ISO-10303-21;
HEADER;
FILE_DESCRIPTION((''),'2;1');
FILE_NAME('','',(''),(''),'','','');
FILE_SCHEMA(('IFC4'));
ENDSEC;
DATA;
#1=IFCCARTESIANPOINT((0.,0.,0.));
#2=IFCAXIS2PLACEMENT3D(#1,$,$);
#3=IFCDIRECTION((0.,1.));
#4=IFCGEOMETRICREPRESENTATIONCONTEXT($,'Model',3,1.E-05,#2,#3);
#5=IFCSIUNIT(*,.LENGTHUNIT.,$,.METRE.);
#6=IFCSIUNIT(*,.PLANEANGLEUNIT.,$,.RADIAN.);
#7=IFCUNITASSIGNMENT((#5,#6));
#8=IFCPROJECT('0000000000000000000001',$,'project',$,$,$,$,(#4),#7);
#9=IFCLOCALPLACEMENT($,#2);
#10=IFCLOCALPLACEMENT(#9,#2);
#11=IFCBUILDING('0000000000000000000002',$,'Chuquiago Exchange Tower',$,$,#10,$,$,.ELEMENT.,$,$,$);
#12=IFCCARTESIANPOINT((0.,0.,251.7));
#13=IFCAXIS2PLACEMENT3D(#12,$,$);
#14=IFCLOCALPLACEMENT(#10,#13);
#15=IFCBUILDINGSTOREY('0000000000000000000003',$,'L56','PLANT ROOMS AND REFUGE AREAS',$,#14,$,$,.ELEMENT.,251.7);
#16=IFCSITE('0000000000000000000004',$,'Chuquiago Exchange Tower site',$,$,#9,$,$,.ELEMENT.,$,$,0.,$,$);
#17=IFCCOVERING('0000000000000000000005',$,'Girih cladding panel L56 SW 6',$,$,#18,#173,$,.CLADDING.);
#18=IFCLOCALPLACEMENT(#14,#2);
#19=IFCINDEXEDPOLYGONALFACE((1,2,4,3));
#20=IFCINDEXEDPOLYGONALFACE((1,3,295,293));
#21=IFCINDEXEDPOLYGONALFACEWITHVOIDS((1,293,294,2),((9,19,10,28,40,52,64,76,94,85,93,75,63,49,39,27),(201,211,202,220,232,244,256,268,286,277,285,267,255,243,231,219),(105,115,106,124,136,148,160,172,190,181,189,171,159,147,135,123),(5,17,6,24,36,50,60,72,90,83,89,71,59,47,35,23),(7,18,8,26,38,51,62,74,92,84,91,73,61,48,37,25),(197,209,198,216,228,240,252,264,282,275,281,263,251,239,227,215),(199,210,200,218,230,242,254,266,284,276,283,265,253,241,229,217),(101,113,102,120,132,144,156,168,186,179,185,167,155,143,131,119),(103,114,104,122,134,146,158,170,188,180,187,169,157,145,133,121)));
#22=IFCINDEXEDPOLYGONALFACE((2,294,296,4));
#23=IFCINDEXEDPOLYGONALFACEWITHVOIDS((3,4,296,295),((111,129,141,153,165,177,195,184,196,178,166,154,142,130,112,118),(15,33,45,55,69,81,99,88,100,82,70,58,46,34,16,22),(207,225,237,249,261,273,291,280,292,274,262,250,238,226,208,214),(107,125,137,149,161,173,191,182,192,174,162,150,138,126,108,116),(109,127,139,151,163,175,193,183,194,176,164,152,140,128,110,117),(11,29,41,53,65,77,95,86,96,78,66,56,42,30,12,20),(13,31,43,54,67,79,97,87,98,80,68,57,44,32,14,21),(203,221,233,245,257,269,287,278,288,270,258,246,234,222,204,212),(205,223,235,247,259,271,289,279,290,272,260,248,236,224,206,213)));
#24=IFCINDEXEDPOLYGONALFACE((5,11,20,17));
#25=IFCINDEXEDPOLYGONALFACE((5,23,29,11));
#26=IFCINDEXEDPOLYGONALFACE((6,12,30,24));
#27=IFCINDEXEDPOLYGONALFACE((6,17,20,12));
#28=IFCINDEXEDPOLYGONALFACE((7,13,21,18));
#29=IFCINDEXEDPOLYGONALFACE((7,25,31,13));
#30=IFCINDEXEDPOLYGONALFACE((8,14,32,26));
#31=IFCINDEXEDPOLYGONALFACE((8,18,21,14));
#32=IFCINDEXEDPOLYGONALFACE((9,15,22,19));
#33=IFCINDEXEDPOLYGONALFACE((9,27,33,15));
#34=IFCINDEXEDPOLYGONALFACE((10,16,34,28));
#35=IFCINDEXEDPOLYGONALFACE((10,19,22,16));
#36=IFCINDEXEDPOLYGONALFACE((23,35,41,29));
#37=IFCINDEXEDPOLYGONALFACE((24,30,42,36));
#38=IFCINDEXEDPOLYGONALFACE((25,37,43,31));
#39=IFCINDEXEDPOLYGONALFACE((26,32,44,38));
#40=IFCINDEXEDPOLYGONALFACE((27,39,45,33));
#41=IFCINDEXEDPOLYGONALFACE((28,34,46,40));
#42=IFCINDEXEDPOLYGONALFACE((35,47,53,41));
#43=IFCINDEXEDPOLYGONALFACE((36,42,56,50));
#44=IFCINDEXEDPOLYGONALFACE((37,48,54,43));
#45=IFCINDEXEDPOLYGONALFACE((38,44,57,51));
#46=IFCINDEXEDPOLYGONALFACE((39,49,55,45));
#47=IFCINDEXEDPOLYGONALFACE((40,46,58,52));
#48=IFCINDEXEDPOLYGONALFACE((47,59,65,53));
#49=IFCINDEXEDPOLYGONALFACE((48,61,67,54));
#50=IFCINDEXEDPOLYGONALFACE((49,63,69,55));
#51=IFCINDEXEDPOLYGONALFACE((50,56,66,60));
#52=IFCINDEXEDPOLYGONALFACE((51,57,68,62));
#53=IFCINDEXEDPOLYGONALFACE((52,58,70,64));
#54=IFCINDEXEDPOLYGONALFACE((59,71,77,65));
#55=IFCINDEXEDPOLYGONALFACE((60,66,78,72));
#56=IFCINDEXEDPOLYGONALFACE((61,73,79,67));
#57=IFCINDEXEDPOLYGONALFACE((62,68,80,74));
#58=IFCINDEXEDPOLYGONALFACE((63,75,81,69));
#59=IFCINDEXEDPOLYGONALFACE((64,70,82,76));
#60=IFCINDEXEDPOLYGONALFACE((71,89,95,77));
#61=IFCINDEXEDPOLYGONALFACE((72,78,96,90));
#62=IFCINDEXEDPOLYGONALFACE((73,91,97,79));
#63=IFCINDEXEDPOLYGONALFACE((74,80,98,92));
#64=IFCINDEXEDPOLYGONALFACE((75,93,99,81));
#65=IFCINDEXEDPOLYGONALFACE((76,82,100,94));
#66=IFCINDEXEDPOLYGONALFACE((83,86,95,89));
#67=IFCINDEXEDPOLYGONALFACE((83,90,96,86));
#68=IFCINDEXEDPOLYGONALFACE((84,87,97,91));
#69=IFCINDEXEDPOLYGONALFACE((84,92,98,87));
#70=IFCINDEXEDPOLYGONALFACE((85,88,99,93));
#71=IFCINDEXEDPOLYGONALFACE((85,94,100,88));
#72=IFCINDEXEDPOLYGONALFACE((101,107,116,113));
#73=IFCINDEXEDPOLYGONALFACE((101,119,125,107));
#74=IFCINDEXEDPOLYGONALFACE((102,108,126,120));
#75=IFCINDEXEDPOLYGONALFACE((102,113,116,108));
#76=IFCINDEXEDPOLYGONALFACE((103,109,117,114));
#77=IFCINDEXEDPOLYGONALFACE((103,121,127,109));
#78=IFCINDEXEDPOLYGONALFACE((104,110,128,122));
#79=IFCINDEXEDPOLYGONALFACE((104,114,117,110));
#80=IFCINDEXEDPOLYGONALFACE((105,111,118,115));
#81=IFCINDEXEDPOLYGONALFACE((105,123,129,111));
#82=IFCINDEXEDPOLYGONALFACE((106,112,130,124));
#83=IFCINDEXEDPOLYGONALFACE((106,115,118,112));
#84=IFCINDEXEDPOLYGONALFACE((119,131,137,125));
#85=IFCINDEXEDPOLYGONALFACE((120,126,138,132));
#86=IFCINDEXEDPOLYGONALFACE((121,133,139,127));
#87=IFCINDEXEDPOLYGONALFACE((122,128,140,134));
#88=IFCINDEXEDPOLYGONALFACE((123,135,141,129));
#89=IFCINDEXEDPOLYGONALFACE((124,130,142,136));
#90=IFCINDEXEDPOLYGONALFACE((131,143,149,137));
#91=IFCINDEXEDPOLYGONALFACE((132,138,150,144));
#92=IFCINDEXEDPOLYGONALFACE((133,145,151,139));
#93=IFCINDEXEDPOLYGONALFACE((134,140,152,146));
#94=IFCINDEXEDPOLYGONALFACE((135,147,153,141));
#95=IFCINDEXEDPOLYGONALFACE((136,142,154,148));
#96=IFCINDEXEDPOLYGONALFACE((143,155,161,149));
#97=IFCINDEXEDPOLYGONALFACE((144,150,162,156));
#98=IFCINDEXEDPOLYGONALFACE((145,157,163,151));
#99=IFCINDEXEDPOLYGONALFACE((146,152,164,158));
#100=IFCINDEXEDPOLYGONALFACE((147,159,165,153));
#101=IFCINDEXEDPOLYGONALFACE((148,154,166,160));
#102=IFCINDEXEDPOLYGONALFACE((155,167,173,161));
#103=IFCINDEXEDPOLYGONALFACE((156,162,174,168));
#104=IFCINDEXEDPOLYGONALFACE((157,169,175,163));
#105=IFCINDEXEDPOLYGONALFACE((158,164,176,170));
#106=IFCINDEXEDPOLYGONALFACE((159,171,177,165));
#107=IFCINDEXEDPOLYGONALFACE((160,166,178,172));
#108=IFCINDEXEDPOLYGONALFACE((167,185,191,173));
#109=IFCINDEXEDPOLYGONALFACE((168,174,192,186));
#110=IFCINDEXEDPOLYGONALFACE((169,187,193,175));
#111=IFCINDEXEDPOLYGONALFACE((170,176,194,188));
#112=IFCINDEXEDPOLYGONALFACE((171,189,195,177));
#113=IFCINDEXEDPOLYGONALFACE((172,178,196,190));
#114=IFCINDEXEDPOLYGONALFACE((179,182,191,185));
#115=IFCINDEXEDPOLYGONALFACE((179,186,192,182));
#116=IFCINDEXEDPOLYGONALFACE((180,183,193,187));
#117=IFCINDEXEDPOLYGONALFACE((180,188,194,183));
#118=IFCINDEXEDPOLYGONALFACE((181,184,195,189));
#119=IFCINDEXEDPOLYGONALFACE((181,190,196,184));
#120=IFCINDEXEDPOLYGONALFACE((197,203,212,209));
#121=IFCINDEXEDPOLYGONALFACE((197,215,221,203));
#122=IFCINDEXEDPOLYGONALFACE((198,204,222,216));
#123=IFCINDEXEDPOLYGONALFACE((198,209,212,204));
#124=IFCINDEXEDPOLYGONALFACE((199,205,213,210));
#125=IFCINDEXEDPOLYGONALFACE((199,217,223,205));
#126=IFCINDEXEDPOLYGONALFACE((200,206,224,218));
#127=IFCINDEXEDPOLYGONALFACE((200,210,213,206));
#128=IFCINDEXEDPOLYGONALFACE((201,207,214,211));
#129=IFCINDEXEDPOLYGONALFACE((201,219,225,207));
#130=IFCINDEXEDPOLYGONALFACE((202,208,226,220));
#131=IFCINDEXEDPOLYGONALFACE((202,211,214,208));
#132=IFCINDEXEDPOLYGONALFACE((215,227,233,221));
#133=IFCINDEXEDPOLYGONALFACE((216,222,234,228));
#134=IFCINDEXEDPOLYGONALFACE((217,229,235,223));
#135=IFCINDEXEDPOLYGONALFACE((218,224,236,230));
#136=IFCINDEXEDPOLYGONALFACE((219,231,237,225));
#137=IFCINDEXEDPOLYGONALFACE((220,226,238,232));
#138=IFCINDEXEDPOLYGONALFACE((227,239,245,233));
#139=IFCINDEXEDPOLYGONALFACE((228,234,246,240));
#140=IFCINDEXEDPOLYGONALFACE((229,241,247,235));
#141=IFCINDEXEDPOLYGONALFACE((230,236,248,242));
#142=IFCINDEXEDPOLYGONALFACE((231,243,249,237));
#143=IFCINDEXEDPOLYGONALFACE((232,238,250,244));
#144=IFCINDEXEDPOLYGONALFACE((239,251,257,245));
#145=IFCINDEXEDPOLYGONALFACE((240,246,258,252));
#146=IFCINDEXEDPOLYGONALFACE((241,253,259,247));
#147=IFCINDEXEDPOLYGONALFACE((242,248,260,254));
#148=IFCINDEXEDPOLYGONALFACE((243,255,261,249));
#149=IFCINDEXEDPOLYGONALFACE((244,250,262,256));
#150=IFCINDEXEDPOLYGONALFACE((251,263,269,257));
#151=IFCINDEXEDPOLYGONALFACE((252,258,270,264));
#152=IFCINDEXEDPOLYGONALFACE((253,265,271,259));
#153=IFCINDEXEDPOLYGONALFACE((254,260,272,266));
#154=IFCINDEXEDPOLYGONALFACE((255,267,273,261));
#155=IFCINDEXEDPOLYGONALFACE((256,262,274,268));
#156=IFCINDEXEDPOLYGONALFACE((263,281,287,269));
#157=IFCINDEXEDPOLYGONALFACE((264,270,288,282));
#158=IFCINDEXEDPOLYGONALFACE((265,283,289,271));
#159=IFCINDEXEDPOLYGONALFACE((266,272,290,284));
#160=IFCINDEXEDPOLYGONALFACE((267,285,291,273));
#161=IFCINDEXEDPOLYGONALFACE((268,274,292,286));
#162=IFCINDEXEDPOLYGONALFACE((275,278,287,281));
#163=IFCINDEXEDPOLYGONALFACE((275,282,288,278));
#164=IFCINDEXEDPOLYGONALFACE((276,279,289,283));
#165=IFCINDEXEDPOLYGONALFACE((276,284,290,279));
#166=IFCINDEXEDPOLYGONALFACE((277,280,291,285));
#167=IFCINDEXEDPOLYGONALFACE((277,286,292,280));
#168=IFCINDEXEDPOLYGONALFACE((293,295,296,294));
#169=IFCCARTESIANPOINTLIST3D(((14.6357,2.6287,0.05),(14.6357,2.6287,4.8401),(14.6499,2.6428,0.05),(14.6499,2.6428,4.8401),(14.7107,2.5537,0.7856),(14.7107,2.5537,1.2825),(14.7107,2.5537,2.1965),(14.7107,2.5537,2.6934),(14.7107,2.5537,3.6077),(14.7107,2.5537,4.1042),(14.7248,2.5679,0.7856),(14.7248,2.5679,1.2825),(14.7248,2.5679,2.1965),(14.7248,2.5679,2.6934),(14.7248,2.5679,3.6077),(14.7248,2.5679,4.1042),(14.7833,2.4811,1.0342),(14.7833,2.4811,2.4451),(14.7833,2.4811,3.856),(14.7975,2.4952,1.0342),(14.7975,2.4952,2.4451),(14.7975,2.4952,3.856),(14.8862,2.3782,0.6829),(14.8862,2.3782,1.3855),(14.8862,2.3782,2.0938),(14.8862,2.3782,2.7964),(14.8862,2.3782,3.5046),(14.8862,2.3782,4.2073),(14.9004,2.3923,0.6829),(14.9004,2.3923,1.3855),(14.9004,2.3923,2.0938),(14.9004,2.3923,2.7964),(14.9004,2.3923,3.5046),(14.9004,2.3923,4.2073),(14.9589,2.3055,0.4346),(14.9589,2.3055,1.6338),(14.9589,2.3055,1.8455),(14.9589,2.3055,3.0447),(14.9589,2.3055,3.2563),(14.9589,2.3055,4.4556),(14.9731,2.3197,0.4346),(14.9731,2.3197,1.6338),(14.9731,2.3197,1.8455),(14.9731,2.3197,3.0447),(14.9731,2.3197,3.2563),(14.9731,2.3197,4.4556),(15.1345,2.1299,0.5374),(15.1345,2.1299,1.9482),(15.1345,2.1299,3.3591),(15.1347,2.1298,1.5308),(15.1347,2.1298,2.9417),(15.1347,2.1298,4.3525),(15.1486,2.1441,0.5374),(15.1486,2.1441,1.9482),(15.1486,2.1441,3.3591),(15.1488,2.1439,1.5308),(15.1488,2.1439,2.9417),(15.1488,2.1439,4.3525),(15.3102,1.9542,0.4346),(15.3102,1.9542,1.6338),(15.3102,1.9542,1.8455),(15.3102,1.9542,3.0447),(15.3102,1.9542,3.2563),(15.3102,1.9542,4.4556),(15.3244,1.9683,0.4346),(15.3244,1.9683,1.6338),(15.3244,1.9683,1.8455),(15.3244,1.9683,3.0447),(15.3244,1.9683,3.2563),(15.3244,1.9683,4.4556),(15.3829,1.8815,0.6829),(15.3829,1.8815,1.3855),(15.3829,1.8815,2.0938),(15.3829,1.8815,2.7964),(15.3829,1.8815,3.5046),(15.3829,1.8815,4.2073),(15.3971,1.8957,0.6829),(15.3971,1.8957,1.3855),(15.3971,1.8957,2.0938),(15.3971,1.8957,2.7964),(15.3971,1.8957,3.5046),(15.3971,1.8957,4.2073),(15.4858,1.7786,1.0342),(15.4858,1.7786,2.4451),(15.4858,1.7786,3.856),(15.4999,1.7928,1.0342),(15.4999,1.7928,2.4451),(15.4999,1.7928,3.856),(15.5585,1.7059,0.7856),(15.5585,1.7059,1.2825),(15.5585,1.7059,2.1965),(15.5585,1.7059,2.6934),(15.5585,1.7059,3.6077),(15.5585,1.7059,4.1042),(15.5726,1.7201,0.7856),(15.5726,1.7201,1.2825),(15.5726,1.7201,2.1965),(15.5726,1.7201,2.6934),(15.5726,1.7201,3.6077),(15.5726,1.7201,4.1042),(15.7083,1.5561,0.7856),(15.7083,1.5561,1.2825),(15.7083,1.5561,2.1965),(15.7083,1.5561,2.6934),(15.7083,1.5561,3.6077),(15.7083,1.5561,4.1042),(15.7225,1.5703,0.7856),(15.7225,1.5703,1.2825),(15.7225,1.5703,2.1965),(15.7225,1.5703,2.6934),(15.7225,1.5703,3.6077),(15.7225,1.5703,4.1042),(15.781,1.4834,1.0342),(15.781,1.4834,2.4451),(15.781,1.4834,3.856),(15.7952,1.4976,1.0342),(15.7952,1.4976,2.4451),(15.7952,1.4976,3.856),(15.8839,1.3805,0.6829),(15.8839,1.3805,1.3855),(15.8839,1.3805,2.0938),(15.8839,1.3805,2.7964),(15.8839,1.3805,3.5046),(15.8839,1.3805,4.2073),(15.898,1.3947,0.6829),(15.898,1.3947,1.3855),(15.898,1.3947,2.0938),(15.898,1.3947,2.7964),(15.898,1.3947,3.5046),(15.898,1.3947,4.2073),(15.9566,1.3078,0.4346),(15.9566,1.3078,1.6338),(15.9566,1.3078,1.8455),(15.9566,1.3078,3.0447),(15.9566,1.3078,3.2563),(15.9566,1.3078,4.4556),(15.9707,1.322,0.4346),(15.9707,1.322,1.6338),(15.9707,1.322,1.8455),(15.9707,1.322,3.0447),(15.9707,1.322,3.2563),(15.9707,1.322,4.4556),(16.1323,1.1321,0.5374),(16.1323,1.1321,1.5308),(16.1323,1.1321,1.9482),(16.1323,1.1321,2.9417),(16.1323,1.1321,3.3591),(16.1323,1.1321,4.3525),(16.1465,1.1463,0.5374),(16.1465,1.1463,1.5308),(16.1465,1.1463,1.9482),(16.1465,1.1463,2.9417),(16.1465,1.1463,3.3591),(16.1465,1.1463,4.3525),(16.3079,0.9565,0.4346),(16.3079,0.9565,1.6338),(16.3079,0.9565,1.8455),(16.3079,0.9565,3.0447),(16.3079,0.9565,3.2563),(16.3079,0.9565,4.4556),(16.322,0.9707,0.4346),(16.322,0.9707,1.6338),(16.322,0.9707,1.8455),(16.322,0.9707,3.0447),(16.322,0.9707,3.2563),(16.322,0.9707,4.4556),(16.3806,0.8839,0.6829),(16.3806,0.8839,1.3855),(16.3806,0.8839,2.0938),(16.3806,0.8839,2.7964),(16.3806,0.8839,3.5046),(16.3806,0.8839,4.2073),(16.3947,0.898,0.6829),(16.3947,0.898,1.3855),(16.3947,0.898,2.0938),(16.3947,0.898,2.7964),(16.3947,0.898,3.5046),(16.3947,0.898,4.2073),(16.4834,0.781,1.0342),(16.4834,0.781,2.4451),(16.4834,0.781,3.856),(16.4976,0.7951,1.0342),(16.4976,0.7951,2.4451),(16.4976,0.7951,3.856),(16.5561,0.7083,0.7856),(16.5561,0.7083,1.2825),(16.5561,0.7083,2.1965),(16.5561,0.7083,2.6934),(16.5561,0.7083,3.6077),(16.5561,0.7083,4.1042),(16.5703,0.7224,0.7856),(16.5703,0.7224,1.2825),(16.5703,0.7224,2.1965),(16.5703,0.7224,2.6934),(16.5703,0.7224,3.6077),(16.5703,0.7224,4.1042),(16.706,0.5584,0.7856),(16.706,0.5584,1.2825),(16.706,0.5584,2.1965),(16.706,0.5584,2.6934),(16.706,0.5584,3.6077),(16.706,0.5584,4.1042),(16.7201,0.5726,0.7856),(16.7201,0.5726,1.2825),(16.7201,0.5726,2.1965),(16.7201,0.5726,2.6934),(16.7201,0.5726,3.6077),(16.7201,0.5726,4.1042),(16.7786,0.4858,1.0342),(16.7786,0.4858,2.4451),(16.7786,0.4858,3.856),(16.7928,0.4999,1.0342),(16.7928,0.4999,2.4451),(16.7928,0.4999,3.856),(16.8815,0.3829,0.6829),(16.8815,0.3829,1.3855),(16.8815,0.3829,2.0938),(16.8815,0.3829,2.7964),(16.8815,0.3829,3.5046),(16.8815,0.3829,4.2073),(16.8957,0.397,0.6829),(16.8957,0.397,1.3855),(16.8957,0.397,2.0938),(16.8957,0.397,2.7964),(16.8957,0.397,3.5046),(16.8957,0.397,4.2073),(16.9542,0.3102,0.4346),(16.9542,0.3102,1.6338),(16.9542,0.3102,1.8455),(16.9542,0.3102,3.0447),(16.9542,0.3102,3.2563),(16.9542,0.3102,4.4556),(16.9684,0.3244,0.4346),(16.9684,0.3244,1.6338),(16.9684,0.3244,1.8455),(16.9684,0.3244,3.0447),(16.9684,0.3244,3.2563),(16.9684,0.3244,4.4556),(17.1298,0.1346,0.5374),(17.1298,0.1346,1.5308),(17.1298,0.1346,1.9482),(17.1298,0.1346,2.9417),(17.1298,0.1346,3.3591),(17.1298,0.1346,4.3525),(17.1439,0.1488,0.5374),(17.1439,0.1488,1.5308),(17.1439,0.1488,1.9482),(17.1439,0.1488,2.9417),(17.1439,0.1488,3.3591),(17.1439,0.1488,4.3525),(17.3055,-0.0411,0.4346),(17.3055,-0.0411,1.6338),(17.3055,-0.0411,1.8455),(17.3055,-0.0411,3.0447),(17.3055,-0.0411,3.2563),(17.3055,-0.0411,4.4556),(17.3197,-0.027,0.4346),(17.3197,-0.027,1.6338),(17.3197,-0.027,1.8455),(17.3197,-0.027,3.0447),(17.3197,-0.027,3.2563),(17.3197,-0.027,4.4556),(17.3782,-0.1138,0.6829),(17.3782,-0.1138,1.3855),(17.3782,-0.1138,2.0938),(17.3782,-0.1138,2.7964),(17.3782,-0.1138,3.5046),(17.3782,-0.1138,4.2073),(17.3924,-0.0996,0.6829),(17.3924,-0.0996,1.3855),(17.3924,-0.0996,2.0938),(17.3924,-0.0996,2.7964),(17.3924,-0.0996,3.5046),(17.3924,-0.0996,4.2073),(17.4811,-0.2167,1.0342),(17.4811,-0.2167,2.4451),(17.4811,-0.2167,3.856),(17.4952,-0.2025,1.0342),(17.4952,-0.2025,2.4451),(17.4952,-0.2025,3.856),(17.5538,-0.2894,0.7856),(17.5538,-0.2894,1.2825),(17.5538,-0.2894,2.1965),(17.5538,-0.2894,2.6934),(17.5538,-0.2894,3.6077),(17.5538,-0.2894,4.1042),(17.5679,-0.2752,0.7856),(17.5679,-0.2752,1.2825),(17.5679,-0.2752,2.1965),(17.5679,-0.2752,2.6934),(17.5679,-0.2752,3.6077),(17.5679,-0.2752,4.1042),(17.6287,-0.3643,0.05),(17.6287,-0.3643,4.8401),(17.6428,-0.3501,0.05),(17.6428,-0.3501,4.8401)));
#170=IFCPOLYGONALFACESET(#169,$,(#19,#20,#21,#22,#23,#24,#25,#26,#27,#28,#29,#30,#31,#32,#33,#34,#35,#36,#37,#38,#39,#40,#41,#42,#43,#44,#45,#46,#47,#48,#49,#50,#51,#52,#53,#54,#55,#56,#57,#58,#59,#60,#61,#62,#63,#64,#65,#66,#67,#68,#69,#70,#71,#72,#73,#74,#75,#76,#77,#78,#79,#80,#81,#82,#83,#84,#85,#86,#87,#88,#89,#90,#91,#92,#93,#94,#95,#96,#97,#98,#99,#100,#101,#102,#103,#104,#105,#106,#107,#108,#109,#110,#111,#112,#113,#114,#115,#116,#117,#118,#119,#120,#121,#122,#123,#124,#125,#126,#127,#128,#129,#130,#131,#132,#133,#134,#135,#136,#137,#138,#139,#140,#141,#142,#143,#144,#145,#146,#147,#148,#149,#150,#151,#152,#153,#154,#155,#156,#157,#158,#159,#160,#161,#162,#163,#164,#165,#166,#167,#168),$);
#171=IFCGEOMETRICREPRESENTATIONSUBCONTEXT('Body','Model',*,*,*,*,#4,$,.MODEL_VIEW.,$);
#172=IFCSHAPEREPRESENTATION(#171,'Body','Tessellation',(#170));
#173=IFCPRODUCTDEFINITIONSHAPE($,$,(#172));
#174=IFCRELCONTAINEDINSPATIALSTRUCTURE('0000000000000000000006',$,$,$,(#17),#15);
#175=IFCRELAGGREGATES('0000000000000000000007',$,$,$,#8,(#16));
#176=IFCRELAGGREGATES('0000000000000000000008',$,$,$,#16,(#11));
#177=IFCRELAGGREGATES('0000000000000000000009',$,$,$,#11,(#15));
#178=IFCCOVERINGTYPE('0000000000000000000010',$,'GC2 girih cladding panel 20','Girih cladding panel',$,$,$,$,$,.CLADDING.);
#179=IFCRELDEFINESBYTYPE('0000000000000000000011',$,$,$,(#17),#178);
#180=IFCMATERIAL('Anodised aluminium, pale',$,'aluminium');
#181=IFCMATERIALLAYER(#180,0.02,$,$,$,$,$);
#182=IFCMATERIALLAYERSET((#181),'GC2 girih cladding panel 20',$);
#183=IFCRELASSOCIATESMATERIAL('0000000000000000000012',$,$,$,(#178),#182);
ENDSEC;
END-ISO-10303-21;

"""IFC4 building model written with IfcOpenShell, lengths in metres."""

from ifc_helpers import new_model, si_unit, direction, frame, origin, place, context, subcontext, project, spatial, polyline, outline, extrude, material, layer, layer_set, type_object, element, save


model = new_model("IFC4")

# Units and contexts
model_context = context("Model", 3, precision=1e-05, world=origin(), true_north=direction((0.0, 1.0)))
body_context = subcontext(model_context, "Body", "Model", "MODEL_VIEW")
ifc_project = project(units=[si_unit("LENGTHUNIT", "METRE"), si_unit("PLANEANGLEUNIT", "RADIAN")], contexts=[model_context])

# Site, building, storey
site_placement = place(None, origin())
site = spatial("IfcSite", under=ifc_project, at=site_placement, Name="Chuquiago Exchange Tower site", CompositionType="ELEMENT", RefElevation=0.0)
building_placement = place(site_placement, origin())
building = spatial("IfcBuilding", under=site, at=building_placement, Name="Chuquiago Exchange Tower", CompositionType="ELEMENT")
storey_placement = place(building_placement, frame((0.0, 0.0, 251.7)))
storey = spatial("IfcBuildingStorey", under=building, at=storey_placement, Name="L56", Description="PLANT ROOMS AND REFUGE AREAS", CompositionType="ELEMENT", Elevation=251.7)

# Covering
ifc_material_1 = material(Name="Anodised aluminium, pale", Category="aluminium")
ifc_layer_1 = layer(ifc_material_1, 0.02)
ifc_layer_set_1 = layer_set([ifc_layer_1], Name="GC2 girih cladding panel 20")
covering_type_1 = type_object("IfcCoveringType", Name="GC2 girih cladding panel 20", Description="Girih cladding panel", PredefinedType="CLADDING", material=ifc_layer_set_1)
covering_1_placement = place(storey_placement, frame((14.6499, 2.6428, 0.05), z_axis=(0.0, 0.0, 1.0), x_axis=(0.707107, -0.707107, 0.0)))
element("IfcCovering", 1, at=covering_1_placement, inside=storey, type_object=covering_type_1, Name="Girih cladding panel L56 SW 6", PredefinedType="CLADDING", context=body_context, shape_type="SweptSolid", body=[
    extrude(outline(polyline([(0.0, 0.0), (4.2327, 0.0), (4.2327, 4.79), (0.0, 4.79), (0.0, 0.0)]), holes=[polyline([(1.2021, 0.9841), (1.3049, 1.2324), (1.0566, 1.3354), (0.9539, 1.5837), (0.7056, 1.4807), (0.457, 1.5837), (0.3542, 1.3354), (0.106, 1.2324), (0.2087, 0.9841), (0.106, 0.7356), (0.3542, 0.6328), (0.457, 0.3845), (0.7053, 0.4873), (0.9539, 0.3845), (1.0566, 0.6328), (1.3049, 0.7356), (1.2021, 0.9841)]), polyline([(2.613, 0.9841), (2.7158, 1.2324), (2.4675, 1.3354), (2.3647, 1.5837), (2.1165, 1.4807), (1.8679, 1.5837), (1.7651, 1.3354), (1.5168, 1.2324), (1.6196, 0.9841), (1.5168, 0.7356), (1.7651, 0.6328), (1.8679, 0.3845), (2.1165, 0.4873), (2.3647, 0.3845), (2.4675, 0.6328), (2.7158, 0.7356), (2.613, 0.9841)]), polyline([(4.0239, 0.9841), (4.1267, 1.2324), (3.8784, 1.3354), (3.7756, 1.5837), (3.5271, 1.4807), (3.2788, 1.5837), (3.176, 1.3354), (2.9277, 1.2324), (3.0305, 0.9841), (2.9277, 0.7356), (3.176, 0.6328), (3.2788, 0.3845), (3.5271, 0.4873), (3.7756, 0.3845), (3.8784, 0.6328), (4.1267, 0.7356), (4.0239, 0.9841)]), polyline([(1.2021, 2.395), (1.3049, 2.6433), (1.0566, 2.7463), (0.9539, 2.9946), (0.7056, 2.8916), (0.457, 2.9946), (0.3542, 2.7463), (0.106, 2.6433), (0.2087, 2.395), (0.106, 2.1465), (0.3542, 2.0437), (0.457, 1.7954), (0.7053, 1.8982), (0.9539, 1.7954), (1.0566, 2.0437), (1.3049, 2.1465), (1.2021, 2.395)]), polyline([(2.613, 2.395), (2.7158, 2.6433), (2.4675, 2.7463), (2.3647, 2.9946), (2.1165, 2.8916), (1.8679, 2.9946), (1.7651, 2.7463), (1.5168, 2.6433), (1.6196, 2.395), (1.5168, 2.1465), (1.7651, 2.0437), (1.8679, 1.7954), (2.1165, 1.8982), (2.3647, 1.7954), (2.4675, 2.0437), (2.7158, 2.1465), (2.613, 2.395)]), polyline([(4.0239, 2.395), (4.1267, 2.6433), (3.8784, 2.7463), (3.7756, 2.9946), (3.5271, 2.8916), (3.2788, 2.9946), (3.176, 2.7463), (2.9277, 2.6433), (3.0305, 2.395), (2.9277, 2.1465), (3.176, 2.0437), (3.2788, 1.7954), (3.5271, 1.8982), (3.7756, 1.7954), (3.8784, 2.0437), (4.1267, 2.1465), (4.0239, 2.395)]), polyline([(1.2021, 3.8059), (1.3049, 4.0542), (1.0566, 4.1572), (0.9539, 4.4055), (0.7056, 4.3025), (0.457, 4.4055), (0.3542, 4.1572), (0.106, 4.0542), (0.2087, 3.8059), (0.106, 3.5576), (0.3542, 3.4546), (0.457, 3.2063), (0.7053, 3.3091), (0.9539, 3.2063), (1.0566, 3.4546), (1.3049, 3.5576), (1.2021, 3.8059)]), polyline([(2.613, 3.8059), (2.7158, 4.0542), (2.4675, 4.1572), (2.3647, 4.4055), (2.1165, 4.3025), (1.8679, 4.4055), (1.7651, 4.1572), (1.5168, 4.0542), (1.6196, 3.8059), (1.5168, 3.5576), (1.7651, 3.4546), (1.8679, 3.2063), (2.1165, 3.3091), (2.3647, 3.2063), (2.4675, 3.4546), (2.7158, 3.5576), (2.613, 3.8059)]), polyline([(4.0239, 3.8059), (4.1267, 4.0542), (3.8784, 4.1572), (3.7756, 4.4055), (3.5271, 4.3025), (3.2788, 4.4055), (3.176, 4.1572), (2.9277, 4.0542), (3.0305, 3.8059), (2.9277, 3.5576), (3.176, 3.4546), (3.2788, 3.2063), (3.5271, 3.3091), (3.7756, 3.2063), (3.8784, 3.4546), (4.1267, 3.5576), (4.0239, 3.8059)])]), frame((0.0, 0.0, 0.0), z_axis=(0.0, -1.0, 0.0), x_axis=(1.0, 0.0, 0.0)), (0.0, 0.0, 1.0), 0.02),
])

save(model, "model.ifc")
